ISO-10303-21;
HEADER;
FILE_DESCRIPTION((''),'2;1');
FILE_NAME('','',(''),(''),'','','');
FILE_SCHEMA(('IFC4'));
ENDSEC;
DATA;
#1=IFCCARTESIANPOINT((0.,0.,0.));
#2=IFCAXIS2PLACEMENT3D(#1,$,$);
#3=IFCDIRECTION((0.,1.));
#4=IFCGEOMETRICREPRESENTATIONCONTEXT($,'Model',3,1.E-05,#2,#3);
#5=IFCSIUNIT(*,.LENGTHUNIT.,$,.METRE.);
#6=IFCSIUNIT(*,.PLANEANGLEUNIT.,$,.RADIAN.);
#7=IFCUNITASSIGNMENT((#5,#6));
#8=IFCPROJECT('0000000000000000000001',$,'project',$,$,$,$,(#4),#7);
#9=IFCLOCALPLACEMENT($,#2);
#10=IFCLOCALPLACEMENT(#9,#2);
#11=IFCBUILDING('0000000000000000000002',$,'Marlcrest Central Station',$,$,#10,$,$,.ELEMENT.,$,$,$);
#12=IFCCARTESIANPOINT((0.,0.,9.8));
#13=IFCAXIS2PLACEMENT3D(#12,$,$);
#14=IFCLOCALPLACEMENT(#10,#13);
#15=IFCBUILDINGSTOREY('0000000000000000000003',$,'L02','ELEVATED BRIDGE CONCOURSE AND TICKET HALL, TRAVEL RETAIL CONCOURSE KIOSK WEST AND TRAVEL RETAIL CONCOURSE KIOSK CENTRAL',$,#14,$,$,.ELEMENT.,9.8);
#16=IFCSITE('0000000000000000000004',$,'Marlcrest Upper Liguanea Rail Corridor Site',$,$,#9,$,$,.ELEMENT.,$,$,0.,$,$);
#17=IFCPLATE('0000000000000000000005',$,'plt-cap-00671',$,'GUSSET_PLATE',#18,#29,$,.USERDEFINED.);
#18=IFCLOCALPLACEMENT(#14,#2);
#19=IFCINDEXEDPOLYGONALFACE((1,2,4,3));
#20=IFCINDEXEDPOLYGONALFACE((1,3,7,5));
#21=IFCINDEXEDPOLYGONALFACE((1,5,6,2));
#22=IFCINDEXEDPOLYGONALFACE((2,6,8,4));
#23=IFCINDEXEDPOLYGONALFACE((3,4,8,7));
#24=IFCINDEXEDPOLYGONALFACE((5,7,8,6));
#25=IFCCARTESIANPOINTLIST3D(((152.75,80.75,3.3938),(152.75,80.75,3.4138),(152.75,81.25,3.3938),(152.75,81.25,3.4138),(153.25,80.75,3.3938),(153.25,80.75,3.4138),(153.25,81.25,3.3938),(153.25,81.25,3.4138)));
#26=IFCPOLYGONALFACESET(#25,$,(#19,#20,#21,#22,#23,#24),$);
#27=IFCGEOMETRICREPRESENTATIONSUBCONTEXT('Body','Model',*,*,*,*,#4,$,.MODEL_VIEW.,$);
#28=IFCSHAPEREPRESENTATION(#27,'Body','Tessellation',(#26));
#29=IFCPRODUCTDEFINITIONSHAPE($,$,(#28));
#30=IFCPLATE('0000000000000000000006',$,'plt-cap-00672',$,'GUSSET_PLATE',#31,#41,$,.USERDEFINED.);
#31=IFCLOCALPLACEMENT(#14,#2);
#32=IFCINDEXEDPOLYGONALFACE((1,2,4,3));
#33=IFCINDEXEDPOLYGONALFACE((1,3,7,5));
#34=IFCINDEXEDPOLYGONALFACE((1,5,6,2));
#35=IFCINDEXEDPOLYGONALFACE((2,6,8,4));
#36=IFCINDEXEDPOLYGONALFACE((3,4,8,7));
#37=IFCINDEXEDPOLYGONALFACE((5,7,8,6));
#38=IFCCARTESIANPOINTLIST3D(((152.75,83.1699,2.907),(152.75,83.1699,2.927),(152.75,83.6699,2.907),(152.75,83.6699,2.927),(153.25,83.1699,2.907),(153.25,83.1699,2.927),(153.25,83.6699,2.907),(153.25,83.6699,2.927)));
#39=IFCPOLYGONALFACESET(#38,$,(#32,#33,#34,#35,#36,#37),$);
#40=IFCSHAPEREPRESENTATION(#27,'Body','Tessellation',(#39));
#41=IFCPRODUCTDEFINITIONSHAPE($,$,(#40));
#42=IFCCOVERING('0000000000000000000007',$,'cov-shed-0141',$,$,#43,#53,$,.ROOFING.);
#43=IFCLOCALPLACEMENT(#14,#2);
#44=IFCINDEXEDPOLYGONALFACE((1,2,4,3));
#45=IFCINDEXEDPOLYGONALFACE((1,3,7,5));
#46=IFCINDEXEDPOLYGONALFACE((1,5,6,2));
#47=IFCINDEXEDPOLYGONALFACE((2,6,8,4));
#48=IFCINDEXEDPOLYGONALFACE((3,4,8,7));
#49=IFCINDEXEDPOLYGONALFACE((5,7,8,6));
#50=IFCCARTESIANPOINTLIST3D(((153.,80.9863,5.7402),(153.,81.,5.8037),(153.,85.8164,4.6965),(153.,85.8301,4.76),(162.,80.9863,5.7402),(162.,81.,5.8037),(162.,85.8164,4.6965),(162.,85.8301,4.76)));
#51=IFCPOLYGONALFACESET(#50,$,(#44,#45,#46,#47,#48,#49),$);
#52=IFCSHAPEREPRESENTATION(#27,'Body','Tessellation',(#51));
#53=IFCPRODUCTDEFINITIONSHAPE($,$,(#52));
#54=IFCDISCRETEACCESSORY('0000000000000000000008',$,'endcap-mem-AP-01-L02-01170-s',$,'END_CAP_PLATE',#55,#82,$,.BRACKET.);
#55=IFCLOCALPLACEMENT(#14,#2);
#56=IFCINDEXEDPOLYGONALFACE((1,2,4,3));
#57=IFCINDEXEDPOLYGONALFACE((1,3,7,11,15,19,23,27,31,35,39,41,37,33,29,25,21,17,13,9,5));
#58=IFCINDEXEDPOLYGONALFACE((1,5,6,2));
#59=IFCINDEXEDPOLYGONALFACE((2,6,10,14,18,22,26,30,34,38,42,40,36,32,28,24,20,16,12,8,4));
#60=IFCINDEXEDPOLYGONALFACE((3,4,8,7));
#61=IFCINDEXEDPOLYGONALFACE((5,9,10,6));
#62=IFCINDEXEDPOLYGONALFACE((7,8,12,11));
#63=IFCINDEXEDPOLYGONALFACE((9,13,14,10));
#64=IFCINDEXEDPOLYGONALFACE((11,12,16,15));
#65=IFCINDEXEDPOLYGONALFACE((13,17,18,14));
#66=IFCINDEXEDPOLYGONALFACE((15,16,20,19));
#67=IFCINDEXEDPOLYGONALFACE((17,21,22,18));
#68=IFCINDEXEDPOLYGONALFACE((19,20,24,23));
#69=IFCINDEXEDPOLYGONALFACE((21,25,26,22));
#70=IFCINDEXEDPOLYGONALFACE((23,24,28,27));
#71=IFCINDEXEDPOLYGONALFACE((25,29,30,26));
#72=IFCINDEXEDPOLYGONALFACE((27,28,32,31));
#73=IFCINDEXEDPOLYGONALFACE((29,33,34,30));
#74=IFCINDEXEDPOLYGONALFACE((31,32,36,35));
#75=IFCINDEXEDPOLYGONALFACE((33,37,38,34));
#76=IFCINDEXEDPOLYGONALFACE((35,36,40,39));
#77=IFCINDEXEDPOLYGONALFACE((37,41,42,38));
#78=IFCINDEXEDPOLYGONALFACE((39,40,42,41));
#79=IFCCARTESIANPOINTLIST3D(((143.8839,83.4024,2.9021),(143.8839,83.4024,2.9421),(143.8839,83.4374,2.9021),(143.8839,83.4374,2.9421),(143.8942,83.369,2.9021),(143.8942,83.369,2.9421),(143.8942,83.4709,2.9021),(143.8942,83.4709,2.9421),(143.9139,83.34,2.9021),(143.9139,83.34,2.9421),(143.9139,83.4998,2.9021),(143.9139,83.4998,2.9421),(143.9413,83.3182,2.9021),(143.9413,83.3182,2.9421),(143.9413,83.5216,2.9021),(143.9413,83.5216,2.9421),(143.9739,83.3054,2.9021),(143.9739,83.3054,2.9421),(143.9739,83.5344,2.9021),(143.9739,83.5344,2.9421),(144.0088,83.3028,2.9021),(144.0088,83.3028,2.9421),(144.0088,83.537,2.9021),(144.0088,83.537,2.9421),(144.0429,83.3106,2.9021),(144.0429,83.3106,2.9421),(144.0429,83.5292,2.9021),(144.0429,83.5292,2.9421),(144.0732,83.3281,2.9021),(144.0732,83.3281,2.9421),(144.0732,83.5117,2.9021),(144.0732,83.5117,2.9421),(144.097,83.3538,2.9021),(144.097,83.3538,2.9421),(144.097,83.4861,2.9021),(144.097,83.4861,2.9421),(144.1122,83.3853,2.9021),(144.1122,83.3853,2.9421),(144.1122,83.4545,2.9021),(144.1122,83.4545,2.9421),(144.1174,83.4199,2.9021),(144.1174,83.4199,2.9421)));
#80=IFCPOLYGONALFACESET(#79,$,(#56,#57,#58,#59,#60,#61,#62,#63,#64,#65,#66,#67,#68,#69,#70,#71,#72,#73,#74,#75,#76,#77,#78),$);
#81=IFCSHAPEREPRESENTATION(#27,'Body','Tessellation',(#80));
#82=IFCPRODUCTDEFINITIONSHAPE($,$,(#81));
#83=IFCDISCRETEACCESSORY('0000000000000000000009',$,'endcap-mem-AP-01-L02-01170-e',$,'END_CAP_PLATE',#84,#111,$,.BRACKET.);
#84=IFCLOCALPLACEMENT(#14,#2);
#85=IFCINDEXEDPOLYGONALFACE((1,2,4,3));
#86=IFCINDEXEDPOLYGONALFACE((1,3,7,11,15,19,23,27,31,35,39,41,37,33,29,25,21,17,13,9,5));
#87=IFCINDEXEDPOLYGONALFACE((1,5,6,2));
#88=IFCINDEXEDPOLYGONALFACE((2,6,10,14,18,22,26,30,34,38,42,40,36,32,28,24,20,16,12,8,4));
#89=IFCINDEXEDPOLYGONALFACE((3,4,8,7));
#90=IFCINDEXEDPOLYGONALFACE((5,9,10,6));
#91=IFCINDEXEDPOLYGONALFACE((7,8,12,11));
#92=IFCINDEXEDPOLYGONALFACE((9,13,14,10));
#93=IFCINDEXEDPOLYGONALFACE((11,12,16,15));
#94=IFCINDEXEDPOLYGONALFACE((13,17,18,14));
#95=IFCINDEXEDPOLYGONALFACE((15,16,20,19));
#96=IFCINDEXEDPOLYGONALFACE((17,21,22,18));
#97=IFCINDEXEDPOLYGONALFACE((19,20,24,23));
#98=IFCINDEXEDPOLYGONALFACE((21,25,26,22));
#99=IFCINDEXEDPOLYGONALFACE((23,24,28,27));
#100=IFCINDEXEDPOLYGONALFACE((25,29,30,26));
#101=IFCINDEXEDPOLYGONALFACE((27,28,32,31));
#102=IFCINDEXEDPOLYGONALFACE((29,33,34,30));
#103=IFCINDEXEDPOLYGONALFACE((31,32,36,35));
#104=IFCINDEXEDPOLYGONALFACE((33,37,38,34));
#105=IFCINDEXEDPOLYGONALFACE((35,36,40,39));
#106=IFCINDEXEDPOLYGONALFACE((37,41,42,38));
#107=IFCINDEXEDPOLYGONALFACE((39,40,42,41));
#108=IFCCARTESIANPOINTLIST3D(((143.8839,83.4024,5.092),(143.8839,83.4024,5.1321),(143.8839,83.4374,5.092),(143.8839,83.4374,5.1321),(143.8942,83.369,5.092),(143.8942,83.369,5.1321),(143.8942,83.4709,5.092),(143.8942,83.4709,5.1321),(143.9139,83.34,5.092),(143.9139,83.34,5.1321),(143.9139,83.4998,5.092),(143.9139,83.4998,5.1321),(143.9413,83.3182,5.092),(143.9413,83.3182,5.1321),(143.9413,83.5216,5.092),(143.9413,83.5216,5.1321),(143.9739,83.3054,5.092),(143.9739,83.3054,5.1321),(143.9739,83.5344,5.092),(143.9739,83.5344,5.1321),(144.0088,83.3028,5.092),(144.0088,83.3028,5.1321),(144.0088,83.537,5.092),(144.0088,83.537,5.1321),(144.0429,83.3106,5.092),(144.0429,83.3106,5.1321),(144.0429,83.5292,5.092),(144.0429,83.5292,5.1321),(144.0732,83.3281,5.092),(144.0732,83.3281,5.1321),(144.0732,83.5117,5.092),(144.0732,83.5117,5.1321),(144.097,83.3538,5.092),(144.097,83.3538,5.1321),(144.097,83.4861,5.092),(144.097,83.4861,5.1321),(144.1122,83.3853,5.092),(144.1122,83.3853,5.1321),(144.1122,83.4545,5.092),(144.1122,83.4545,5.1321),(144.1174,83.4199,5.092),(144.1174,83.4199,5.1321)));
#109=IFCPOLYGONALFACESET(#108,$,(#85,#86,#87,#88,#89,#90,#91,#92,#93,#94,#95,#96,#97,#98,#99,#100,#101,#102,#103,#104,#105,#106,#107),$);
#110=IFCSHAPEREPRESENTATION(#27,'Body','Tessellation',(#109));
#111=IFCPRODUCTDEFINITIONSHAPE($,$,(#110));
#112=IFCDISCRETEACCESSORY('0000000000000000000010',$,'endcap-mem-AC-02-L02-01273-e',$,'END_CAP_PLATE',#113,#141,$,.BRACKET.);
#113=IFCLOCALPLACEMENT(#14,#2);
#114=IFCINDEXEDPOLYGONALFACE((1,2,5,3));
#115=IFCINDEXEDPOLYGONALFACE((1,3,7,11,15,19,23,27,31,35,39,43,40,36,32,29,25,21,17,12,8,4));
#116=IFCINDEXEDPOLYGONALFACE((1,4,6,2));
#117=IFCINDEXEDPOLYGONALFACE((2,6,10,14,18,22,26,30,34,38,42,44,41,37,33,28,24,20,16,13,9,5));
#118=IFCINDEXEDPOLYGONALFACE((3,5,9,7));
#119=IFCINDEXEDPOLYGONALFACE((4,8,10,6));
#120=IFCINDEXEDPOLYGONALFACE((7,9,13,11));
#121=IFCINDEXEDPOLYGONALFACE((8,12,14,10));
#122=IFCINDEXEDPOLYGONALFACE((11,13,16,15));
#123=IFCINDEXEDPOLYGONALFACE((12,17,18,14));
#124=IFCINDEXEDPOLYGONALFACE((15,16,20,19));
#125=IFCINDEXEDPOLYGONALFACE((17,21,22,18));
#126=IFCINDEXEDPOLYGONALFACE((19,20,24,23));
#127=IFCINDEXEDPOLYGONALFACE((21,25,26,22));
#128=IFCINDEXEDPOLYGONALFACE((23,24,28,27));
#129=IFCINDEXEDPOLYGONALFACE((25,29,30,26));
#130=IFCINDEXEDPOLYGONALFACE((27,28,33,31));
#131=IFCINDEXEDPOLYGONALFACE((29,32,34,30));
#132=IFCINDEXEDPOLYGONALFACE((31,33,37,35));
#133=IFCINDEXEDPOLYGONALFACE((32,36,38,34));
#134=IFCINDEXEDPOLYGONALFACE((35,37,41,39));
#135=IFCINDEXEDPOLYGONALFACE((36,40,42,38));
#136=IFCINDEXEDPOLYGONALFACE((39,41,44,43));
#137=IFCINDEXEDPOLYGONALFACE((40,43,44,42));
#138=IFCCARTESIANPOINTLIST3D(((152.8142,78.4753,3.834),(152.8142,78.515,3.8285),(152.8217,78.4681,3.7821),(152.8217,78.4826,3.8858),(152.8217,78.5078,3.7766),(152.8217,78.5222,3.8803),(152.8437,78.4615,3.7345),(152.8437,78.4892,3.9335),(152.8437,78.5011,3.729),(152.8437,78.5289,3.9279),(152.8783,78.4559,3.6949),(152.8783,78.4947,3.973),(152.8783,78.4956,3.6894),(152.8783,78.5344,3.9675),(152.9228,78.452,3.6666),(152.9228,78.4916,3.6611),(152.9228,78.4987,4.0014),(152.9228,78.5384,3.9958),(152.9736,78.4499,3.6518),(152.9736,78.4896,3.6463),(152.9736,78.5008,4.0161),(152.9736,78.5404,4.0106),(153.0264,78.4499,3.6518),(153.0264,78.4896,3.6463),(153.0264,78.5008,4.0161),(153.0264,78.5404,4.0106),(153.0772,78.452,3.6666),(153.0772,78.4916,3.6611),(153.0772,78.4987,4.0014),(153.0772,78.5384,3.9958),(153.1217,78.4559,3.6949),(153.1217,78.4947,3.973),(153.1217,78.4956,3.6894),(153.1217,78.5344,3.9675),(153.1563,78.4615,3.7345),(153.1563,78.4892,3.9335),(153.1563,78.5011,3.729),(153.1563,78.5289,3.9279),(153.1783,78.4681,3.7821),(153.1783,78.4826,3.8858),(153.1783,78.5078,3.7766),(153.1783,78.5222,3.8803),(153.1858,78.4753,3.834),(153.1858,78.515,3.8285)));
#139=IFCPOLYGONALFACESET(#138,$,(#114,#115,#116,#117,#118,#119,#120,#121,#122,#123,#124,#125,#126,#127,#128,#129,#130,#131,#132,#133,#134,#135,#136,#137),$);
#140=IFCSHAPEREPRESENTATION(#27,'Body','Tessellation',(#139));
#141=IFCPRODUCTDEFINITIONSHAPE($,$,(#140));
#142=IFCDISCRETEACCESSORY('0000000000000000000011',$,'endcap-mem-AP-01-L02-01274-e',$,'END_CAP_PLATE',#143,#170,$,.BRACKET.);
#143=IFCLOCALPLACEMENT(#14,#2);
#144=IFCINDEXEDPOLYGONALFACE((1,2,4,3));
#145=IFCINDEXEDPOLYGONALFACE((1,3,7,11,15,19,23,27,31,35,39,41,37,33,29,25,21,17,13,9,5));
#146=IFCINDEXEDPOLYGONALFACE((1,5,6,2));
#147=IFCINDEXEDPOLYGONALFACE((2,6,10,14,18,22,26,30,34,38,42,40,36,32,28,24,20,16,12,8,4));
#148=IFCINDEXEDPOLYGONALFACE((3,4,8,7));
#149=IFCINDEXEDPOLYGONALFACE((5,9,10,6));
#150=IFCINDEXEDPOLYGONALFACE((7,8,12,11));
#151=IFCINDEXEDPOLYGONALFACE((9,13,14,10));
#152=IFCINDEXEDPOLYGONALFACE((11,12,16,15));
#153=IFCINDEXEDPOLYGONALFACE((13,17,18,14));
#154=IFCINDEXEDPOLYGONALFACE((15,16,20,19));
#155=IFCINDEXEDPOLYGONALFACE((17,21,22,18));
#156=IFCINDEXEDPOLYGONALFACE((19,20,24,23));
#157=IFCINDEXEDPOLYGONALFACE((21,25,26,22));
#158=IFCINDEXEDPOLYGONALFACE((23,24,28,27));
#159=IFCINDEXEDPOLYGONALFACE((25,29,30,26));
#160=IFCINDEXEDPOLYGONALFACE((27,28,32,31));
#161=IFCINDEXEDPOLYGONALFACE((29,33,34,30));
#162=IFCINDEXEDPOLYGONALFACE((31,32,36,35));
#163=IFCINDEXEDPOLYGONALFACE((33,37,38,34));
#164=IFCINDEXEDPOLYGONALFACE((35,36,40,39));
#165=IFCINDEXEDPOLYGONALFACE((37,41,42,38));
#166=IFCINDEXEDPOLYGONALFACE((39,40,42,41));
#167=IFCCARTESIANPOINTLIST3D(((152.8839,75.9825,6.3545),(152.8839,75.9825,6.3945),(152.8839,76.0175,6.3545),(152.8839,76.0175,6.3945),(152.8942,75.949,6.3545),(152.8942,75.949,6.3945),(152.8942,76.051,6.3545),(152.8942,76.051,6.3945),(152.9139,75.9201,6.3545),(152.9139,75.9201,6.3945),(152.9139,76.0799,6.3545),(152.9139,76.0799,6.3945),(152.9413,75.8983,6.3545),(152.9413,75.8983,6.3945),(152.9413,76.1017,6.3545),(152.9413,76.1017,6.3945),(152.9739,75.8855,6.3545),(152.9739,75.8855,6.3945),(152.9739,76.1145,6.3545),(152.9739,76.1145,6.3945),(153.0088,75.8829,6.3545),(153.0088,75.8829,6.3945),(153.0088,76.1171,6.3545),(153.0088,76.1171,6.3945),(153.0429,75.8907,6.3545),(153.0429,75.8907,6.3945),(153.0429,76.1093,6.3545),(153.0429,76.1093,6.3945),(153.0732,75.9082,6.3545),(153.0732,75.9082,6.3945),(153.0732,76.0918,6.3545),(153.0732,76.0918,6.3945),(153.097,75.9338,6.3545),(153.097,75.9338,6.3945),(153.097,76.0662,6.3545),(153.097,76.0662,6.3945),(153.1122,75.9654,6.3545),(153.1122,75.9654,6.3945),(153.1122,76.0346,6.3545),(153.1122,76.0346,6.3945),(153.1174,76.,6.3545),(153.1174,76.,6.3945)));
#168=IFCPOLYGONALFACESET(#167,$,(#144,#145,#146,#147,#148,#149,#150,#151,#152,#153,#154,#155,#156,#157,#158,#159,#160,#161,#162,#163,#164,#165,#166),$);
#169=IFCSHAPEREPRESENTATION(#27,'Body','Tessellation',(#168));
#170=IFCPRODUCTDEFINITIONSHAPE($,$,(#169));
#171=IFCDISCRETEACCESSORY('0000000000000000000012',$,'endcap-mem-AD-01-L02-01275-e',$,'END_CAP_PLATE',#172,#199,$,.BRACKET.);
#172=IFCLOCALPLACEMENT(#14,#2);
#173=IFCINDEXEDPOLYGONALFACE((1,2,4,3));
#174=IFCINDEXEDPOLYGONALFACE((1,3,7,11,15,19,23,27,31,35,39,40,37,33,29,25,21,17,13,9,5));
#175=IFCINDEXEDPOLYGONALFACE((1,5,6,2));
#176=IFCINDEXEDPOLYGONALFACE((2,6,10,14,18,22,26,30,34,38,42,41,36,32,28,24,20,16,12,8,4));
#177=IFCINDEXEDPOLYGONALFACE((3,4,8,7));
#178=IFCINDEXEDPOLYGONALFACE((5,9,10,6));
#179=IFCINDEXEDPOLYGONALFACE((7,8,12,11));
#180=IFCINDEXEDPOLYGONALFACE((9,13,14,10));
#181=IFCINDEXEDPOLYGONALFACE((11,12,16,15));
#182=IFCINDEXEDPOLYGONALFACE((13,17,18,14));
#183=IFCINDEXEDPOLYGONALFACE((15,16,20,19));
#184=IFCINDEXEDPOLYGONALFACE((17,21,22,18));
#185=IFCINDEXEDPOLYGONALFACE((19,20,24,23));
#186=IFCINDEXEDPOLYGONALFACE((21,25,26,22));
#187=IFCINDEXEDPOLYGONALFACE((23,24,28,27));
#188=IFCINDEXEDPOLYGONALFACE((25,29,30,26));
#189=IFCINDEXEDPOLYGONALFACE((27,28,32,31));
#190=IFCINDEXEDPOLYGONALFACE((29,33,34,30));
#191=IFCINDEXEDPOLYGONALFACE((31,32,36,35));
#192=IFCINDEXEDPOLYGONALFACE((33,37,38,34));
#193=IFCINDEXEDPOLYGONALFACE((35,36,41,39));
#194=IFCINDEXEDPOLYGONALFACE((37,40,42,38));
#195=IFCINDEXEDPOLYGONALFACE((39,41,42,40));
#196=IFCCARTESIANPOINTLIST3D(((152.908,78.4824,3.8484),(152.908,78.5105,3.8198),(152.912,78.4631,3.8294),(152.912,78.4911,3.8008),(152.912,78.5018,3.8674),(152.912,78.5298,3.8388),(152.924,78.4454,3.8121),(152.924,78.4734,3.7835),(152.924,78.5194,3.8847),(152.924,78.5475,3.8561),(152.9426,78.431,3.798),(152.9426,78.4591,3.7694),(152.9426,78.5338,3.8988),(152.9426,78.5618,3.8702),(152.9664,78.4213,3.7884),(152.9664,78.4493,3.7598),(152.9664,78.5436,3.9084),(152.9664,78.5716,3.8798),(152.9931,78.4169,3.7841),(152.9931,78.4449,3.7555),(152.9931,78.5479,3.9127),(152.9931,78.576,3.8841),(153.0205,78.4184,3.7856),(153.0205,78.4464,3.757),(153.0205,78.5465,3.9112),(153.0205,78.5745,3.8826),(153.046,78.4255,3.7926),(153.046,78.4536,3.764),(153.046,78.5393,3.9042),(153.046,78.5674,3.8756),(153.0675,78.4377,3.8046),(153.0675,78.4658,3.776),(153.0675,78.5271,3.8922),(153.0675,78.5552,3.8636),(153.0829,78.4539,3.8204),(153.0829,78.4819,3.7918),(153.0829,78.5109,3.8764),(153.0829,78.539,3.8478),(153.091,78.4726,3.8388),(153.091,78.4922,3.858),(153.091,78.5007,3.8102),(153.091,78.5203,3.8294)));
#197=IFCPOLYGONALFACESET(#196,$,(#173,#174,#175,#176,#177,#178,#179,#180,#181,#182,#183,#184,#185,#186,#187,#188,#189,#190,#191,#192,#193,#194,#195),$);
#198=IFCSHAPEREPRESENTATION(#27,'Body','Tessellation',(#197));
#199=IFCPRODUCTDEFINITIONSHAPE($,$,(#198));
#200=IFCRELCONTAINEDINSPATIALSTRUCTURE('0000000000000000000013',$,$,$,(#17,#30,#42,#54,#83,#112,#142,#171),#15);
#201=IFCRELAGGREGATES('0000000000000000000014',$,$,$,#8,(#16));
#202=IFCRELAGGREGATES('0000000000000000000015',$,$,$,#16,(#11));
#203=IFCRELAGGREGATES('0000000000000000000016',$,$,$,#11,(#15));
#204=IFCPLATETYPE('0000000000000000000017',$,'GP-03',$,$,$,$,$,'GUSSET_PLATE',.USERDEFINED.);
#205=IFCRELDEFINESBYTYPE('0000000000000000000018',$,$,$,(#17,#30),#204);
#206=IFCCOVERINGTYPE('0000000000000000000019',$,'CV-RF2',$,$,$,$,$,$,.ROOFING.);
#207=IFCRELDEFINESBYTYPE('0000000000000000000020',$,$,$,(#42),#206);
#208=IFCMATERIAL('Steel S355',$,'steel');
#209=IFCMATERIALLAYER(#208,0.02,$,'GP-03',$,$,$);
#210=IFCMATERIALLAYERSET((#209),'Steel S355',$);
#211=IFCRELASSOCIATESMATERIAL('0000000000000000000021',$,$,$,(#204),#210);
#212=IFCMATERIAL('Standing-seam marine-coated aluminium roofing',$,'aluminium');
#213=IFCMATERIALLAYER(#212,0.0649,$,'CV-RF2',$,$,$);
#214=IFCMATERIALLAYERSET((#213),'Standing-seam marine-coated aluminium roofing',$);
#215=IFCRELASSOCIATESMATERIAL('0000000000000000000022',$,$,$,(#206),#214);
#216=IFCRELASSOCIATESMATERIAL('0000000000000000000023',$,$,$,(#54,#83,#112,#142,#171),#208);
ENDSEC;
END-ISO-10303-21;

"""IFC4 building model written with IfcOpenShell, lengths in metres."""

from ifc_helpers import new_model, si_unit, direction, frame, origin, origin_2d, place, context, subcontext, project, spatial, polyline, rectangle, circle, outline, extrude, material, layer, layer_set, type_object, element, save


model = new_model("IFC4")

# Units and contexts
model_context = context("Model", 3, precision=1e-05, world=origin(), true_north=direction((0.0, 1.0)))
body_context = subcontext(model_context, "Body", "Model", "MODEL_VIEW")
ifc_project = project(units=[si_unit("LENGTHUNIT", "METRE"), si_unit("PLANEANGLEUNIT", "RADIAN")], contexts=[model_context])

# Site, building, storey
site_placement = place(None, origin())
site = spatial("IfcSite", under=ifc_project, at=site_placement, Name="Marlcrest Upper Liguanea Rail Corridor Site", CompositionType="ELEMENT", RefElevation=0.0)
building_placement = place(site_placement, origin())
building = spatial("IfcBuilding", under=site, at=building_placement, Name="Marlcrest Central Station", CompositionType="ELEMENT")
storey_placement = place(building_placement, frame((0.0, 0.0, 9.8)))
storey = spatial("IfcBuildingStorey", under=building, at=storey_placement, Name="L02", Description="ELEVATED BRIDGE CONCOURSE AND TICKET HALL, TRAVEL RETAIL CONCOURSE KIOSK WEST AND TRAVEL RETAIL CONCOURSE KIOSK CENTRAL", CompositionType="ELEMENT", Elevation=9.8)

# Shared definitions
ifc_material_1 = material(Name="Steel S355", Category="steel")

# Plates
ifc_layer_1 = layer(ifc_material_1, 0.02, Name="GP-03")
ifc_layer_set_1 = layer_set([ifc_layer_1], Name="Steel S355")
plate_type = type_object("IfcPlateType", Name="GP-03", ElementType="GUSSET_PLATE", PredefinedType="USERDEFINED", material=ifc_layer_set_1)
for number, where, z_axis, x_axis, name in (
    (1, (153.0, 81.0, 3.3938), (0.0, 0.0, 1.0), (1.0, 0.0, 0.0), "plt-cap-00671"),
    (2, (153.0, 83.4199, 2.907), (0.0, 0.0, 1.0), (1.0, 0.0, 0.0), "plt-cap-00672"),
):
    element("IfcPlate", number, at=place(storey_placement, frame(where, z_axis=z_axis, x_axis=x_axis)), inside=storey, type_object=plate_type, Name=name, ObjectType="GUSSET_PLATE", PredefinedType="USERDEFINED", context=body_context, shape_type="SweptSolid", body=[
        extrude(rectangle(XDim=0.5, YDim=0.5, at=origin_2d()), origin(), (0.0, 0.0, 1.0), 0.02),
    ])

# Covering
ifc_material_2 = material(Name="Standing-seam marine-coated aluminium roofing", Category="aluminium")
ifc_layer_2 = layer(ifc_material_2, 0.0649, Name="CV-RF2")
ifc_layer_set_2 = layer_set([ifc_layer_2], Name="Standing-seam marine-coated aluminium roofing")
covering_type = type_object("IfcCoveringType", Name="CV-RF2", PredefinedType="ROOFING", material=ifc_layer_set_2)
covering_placement = place(storey_placement, frame((153.0, 81.0, 5.8037), z_axis=(0.0, 0.211209, 0.977441), x_axis=(1.0, 0.0, 0.0)))
element("IfcCovering", 3, at=covering_placement, inside=storey, type_object=covering_type, Name="cov-shed-0141", PredefinedType="ROOFING", context=body_context, shape_type="SweptSolid", body=[
    extrude(outline(polyline([(0.0, 0.0), (9.0, 0.0), (9.0, 4.9416), (0.0, 4.9416), (0.0, 0.0)])), origin(), (0.0, 0.0, -1.0), 0.0649),
])

# Discrete accessories
for number, where, z_axis, x_axis, name in (
    (4, (144.0, 83.4199, 2.9021), (0.0, 0.0, 1.0), (1.0, 0.0, 0.0), "endcap-mem-AP-01-L02-01170-s"),
    (5, (144.0, 83.4199, 5.092), (0.0, 0.0, 1.0), (1.0, 0.0, 0.0), "endcap-mem-AP-01-L02-01170-e"),
):
    element("IfcDiscreteAccessory", number, at=place(storey_placement, frame(where, z_axis=z_axis, x_axis=x_axis)), inside=storey, material=ifc_material_1, Name=name, ObjectType="END_CAP_PLATE", PredefinedType="BRACKET", context=body_context, shape_type="SweptSolid", body=[
        extrude(circle(Radius=0.1174, at=origin_2d()), origin(), (0.0, 0.0, 1.0), 0.04),
    ])
discrete_accessory_1_placement = place(storey_placement, frame((153.0, 78.4753, 3.834), z_axis=(0.0, 0.990403, -0.138211), x_axis=(-1.0, 0.0, 0.0)))
element("IfcDiscreteAccessory", 6, at=discrete_accessory_1_placement, inside=storey, material=ifc_material_1, Name="endcap-mem-AC-02-L02-01273-e", ObjectType="END_CAP_PLATE", PredefinedType="BRACKET", context=body_context, shape_type="SweptSolid", body=[
    extrude(circle(Radius=0.1858, at=origin_2d()), origin(), (0.0, 0.0, 1.0), 0.04),
])
discrete_accessory_2_placement = place(storey_placement, frame((153.0, 76.0, 6.3545), z_axis=(0.0, 0.0, 1.0), x_axis=(1.0, 0.0, 0.0)))
element("IfcDiscreteAccessory", 7, at=discrete_accessory_2_placement, inside=storey, material=ifc_material_1, Name="endcap-mem-AP-01-L02-01274-e", ObjectType="END_CAP_PLATE", PredefinedType="BRACKET", context=body_context, shape_type="SweptSolid", body=[
    extrude(circle(Radius=0.1174, at=origin_2d()), origin(), (0.0, 0.0, 1.0), 0.04),
])
discrete_accessory_3_placement = place(storey_placement, frame((153.0, 78.4824, 3.8484), z_axis=(0.0, 0.700235, -0.713912), x_axis=(-1.0, 0.0, 0.0)))
element("IfcDiscreteAccessory", 8, at=discrete_accessory_3_placement, inside=storey, material=ifc_material_1, Name="endcap-mem-AD-01-L02-01275-e", ObjectType="END_CAP_PLATE", PredefinedType="BRACKET", context=body_context, shape_type="SweptSolid", body=[
    extrude(circle(Radius=0.092, at=origin_2d()), origin(), (0.0, 0.0, 1.0), 0.04),
])

save(model, "model.ifc")
